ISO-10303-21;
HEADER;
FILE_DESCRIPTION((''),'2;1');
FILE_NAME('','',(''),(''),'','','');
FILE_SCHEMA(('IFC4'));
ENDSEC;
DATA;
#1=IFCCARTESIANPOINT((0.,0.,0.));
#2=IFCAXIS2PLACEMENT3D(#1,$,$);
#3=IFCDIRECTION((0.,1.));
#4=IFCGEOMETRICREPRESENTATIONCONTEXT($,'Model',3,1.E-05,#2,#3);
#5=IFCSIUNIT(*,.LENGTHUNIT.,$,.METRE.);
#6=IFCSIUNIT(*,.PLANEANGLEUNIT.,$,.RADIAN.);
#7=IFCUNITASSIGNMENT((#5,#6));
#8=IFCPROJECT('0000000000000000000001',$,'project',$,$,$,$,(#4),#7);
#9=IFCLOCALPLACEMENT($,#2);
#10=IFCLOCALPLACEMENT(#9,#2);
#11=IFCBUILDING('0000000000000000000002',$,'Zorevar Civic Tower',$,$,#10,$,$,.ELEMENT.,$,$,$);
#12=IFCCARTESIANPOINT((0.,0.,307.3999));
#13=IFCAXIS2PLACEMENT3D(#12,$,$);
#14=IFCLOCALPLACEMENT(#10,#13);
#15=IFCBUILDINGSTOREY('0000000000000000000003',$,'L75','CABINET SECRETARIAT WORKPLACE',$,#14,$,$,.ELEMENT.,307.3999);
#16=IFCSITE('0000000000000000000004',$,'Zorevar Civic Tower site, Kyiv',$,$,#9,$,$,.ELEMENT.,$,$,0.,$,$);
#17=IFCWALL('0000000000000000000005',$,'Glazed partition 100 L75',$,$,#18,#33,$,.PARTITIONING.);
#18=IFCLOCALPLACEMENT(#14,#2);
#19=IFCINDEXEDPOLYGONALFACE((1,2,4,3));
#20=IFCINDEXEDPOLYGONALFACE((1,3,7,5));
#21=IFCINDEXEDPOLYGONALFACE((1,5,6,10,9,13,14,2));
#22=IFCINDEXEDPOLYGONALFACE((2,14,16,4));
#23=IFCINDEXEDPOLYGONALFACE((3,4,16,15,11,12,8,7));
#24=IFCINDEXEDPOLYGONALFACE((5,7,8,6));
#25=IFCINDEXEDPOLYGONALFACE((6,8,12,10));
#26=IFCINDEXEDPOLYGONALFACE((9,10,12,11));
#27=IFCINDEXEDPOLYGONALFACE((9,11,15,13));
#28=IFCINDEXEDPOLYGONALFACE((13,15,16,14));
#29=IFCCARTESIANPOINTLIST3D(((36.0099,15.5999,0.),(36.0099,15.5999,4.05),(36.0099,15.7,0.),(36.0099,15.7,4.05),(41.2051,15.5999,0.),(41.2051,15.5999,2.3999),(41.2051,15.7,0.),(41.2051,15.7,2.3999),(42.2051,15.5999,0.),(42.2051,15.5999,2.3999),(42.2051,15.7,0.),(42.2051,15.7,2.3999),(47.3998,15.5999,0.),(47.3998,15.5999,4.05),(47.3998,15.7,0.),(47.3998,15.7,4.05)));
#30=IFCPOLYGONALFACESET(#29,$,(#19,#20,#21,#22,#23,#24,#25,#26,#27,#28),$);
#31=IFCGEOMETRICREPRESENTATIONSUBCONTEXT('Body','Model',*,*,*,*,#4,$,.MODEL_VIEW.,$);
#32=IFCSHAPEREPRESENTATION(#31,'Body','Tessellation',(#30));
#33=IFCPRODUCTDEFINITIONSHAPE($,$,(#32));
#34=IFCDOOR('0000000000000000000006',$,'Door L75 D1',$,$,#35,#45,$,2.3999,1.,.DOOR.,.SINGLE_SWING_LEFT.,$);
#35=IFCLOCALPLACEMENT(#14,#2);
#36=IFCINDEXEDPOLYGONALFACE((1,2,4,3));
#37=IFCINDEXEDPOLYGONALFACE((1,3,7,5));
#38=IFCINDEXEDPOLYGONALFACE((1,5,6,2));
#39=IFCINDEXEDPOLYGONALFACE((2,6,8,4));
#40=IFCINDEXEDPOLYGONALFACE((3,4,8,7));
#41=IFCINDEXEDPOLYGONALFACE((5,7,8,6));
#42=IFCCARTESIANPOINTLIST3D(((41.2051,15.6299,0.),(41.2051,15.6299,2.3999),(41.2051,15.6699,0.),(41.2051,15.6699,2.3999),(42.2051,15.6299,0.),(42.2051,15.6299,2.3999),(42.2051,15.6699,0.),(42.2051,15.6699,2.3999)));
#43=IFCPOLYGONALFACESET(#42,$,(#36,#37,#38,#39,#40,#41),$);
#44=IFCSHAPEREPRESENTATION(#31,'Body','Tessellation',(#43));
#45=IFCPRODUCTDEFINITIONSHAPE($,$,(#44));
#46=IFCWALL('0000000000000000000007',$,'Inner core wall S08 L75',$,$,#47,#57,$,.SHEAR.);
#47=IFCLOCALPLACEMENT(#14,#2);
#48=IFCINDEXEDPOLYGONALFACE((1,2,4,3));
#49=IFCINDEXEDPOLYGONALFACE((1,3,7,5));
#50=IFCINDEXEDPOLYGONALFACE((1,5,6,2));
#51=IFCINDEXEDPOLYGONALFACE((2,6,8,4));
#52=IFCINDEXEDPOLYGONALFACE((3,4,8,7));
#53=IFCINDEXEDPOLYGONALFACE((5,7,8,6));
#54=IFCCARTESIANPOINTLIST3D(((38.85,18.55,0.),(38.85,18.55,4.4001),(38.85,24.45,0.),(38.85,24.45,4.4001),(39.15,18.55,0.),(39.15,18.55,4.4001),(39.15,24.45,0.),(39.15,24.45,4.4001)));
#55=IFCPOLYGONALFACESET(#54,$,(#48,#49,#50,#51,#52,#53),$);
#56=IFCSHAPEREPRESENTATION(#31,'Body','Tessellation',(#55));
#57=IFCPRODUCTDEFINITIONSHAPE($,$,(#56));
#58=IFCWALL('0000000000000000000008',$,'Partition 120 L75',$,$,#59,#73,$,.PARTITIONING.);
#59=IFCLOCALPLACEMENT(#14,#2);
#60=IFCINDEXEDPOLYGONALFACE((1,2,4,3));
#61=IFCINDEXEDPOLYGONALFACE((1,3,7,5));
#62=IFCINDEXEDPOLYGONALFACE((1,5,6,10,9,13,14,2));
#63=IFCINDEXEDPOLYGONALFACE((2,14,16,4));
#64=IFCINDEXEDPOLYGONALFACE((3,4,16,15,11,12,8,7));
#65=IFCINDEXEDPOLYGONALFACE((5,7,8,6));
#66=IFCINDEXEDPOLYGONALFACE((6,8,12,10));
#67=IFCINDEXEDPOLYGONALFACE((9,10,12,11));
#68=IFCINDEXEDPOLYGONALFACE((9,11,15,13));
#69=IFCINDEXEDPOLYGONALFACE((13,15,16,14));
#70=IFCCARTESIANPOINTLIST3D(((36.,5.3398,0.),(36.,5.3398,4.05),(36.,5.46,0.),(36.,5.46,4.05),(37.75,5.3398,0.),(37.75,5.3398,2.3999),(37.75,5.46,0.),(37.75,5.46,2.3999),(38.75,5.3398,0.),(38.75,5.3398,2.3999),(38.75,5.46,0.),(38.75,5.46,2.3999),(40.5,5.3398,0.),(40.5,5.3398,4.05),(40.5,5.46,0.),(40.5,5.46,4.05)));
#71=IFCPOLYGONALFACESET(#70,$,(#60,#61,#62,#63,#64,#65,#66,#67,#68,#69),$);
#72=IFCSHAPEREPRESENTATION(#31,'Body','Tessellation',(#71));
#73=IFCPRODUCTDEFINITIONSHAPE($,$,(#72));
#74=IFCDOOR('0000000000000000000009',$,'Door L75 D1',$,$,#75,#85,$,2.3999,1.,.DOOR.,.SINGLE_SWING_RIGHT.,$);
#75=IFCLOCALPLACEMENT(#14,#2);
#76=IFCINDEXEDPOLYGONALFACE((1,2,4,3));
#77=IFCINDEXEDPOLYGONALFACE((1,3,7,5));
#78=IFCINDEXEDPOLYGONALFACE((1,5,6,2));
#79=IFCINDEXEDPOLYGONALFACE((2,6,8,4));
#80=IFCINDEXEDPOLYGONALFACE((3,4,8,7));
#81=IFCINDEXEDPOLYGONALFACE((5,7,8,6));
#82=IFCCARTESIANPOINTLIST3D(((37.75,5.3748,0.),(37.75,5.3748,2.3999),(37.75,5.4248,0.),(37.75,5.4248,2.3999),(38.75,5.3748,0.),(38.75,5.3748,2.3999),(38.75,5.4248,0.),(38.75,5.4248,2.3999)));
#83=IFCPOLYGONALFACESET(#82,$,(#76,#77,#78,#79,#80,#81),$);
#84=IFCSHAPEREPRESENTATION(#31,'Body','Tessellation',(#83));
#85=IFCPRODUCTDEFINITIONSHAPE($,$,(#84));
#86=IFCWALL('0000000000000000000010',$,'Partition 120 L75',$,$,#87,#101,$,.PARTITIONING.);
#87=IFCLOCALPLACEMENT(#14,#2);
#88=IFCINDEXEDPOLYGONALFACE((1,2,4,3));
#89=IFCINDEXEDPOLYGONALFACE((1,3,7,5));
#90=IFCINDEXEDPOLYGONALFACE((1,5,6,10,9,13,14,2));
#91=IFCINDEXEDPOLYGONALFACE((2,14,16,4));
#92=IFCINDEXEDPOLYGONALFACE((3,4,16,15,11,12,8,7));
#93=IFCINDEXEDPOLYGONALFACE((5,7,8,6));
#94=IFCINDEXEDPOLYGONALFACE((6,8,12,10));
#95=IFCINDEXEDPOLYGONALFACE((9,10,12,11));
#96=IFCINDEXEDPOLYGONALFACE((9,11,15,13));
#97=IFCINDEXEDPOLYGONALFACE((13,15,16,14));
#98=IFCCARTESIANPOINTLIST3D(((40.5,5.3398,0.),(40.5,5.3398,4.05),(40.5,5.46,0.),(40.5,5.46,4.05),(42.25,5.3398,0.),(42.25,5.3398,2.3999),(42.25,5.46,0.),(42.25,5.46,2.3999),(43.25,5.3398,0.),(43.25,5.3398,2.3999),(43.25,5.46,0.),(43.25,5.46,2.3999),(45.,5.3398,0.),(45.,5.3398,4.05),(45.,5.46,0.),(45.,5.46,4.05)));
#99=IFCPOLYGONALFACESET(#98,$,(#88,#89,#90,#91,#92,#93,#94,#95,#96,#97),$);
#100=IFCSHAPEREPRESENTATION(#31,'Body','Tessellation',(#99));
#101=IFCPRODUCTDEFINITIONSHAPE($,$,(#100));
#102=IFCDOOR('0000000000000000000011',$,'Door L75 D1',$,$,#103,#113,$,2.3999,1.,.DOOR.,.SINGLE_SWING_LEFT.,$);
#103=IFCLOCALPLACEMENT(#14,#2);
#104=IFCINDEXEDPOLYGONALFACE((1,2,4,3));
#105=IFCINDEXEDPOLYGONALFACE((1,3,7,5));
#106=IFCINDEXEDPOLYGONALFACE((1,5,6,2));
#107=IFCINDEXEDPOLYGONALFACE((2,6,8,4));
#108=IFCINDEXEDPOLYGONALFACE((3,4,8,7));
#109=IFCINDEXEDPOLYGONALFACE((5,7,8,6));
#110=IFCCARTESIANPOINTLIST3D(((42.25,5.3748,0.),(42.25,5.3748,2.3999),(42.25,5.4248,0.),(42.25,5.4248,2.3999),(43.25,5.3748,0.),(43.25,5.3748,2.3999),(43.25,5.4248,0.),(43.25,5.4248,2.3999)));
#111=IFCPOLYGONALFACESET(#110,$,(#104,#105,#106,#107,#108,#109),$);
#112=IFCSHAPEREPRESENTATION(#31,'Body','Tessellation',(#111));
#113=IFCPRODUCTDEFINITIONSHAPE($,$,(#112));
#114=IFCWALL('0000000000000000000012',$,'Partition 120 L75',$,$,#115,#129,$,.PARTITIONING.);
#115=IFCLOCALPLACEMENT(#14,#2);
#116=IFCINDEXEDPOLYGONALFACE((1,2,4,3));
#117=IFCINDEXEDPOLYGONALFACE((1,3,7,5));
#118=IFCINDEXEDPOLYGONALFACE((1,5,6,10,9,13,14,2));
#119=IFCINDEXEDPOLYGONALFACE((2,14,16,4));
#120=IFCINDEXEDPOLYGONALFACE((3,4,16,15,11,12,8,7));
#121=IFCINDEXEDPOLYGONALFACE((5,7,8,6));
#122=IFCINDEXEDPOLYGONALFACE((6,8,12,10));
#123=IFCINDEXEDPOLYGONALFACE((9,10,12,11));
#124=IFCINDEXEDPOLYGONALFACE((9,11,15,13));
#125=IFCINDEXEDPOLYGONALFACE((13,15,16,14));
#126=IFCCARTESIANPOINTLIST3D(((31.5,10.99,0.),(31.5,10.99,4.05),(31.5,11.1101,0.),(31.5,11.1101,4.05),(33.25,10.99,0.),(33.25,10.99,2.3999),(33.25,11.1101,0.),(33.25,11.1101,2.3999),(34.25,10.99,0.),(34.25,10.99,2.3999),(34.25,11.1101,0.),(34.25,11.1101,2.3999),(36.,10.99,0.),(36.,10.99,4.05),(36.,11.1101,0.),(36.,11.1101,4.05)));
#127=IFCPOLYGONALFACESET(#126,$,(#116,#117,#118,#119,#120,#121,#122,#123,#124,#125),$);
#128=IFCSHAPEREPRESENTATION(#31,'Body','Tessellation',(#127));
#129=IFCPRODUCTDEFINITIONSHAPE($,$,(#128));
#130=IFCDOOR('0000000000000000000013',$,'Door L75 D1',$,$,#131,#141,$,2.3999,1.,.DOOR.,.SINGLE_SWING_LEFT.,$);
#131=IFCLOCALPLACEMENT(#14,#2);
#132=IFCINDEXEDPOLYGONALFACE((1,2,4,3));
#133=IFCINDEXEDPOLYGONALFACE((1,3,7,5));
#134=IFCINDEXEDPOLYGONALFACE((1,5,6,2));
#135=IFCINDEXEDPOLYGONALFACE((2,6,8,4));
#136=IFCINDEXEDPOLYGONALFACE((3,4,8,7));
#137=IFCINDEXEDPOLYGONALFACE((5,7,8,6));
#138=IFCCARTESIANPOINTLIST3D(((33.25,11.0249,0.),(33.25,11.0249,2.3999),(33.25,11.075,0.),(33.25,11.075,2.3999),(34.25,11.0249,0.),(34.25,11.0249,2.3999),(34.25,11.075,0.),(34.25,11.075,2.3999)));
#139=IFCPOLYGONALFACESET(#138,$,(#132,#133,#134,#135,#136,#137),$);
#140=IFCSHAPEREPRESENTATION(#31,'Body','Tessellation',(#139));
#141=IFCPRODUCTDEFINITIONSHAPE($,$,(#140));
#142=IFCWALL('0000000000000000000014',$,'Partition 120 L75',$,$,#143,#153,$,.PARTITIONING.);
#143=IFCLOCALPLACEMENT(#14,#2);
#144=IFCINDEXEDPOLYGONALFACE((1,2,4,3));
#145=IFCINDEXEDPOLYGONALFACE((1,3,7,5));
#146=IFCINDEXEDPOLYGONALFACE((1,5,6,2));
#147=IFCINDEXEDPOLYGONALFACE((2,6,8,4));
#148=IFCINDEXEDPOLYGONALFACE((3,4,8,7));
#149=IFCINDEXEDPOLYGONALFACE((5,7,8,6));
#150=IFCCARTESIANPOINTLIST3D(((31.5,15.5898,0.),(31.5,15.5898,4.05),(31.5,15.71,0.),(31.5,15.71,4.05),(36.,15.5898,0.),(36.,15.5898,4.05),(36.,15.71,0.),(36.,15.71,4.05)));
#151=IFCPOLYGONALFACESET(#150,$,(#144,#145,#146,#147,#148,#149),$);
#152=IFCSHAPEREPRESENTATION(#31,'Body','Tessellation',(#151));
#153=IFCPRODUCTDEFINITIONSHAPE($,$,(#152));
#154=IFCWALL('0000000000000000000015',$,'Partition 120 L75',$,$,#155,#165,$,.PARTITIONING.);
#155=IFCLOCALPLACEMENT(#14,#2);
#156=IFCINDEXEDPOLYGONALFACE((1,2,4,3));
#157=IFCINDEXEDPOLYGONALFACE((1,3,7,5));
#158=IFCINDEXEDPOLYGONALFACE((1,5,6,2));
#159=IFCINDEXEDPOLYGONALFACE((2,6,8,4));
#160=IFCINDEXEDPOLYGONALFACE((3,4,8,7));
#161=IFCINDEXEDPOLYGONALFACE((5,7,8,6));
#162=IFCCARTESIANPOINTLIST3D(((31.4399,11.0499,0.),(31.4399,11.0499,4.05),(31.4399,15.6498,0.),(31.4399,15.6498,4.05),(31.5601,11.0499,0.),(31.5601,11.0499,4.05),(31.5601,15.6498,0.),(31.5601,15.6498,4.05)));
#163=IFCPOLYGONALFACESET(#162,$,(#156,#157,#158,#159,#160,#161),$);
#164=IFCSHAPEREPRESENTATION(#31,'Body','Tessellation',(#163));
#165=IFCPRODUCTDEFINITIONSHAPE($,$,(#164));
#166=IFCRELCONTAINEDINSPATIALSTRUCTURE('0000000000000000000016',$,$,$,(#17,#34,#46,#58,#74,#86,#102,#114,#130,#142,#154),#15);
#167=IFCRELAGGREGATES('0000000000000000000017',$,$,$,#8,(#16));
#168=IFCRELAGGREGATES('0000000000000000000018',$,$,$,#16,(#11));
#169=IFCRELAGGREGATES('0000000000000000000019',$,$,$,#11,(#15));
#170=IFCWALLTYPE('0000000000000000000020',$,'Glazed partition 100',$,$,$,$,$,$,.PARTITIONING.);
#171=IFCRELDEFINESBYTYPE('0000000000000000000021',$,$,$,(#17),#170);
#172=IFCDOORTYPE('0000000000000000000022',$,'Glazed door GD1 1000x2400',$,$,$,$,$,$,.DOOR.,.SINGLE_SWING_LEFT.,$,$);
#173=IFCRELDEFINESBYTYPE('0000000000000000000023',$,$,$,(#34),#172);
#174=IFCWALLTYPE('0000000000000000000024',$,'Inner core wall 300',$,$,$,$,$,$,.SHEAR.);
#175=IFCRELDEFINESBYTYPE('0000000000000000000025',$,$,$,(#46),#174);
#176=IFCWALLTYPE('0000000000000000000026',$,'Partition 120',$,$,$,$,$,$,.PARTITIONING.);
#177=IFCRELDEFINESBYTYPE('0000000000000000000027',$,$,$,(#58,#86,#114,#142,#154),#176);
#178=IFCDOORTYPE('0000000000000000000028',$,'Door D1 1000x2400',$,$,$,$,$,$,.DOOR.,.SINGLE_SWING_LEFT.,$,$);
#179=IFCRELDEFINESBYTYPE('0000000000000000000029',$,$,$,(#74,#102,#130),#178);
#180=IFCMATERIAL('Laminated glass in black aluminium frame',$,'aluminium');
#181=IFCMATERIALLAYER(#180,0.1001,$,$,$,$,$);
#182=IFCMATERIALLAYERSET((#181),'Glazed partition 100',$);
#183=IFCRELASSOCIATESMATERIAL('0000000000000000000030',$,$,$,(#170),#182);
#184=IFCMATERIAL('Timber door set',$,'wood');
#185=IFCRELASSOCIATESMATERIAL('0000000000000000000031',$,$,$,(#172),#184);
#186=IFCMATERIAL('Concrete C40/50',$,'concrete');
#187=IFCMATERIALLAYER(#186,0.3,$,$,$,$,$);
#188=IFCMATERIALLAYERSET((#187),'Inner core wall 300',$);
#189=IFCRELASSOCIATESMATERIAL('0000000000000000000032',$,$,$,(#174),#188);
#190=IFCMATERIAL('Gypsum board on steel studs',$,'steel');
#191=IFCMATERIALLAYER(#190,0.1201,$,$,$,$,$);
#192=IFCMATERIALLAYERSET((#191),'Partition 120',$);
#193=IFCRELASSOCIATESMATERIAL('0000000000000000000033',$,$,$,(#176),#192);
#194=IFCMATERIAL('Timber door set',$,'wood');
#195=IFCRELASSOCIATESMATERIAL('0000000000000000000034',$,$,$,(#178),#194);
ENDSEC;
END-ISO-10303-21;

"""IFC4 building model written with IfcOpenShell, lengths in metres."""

from ifc_helpers import new_model, si_unit, direction, frame, frame_2d, origin, place, context, subcontext, project, spatial, rectangle, extrude, material, layer, layer_set, type_object, element, fill, save


model = new_model("IFC4")

# Units and contexts
model_context = context("Model", 3, precision=1e-05, world=origin(), true_north=direction((0.0, 1.0)))
body_context = subcontext(model_context, "Body", "Model", "MODEL_VIEW")
ifc_project = project(units=[si_unit("LENGTHUNIT", "METRE"), si_unit("PLANEANGLEUNIT", "RADIAN")], contexts=[model_context])

# Site, building, storey
site_placement = place(None, origin())
site = spatial("IfcSite", under=ifc_project, at=site_placement, Name="Zorevar Civic Tower site, Kyiv", CompositionType="ELEMENT", RefElevation=0.0)
building_placement = place(site_placement, origin())
building = spatial("IfcBuilding", under=site, at=building_placement, Name="Zorevar Civic Tower", CompositionType="ELEMENT")
storey_placement = place(building_placement, frame((0.0, 0.0, 307.3999)))
storey = spatial("IfcBuildingStorey", under=building, at=storey_placement, Name="L75", Description="CABINET SECRETARIAT WORKPLACE", CompositionType="ELEMENT", Elevation=307.3999)

# Wall, opening, door
ifc_material_1 = material(Name="Laminated glass in black aluminium frame", Category="aluminium")
ifc_layer_1 = layer(ifc_material_1, 0.1001)
ifc_layer_set_1 = layer_set([ifc_layer_1], Name="Glazed partition 100")
wall_type_1 = type_object("IfcWallType", Name="Glazed partition 100", PredefinedType="PARTITIONING", material=ifc_layer_set_1)
wall_1_placement = place(storey_placement, frame((36.01, 15.6499, 0.0), z_axis=(0.0, 0.0, 1.0), x_axis=(1.0, 0.0, 0.0)))
wall_1 = element("IfcWall", 1, at=wall_1_placement, inside=storey, type_object=wall_type_1, Name="Glazed partition 100 L75", PredefinedType="PARTITIONING", context=body_context, shape_type="SweptSolid", body=[
    extrude(rectangle(XDim=11.3899, YDim=0.1001, at=frame_2d((5.6948, 0.0))), origin(), (0.0, 0.0, 1.0), 4.05),
])
opening_1_placement = place(wall_1_placement, frame((5.1951, 0.0, 0.0)))
opening_1 = element("IfcOpeningElement", 2, at=opening_1_placement, cuts=wall_1, PredefinedType="OPENING", context=body_context, shape_type="SweptSolid", body=[
    extrude(rectangle(XDim=1.0, YDim=2.3999, at=frame_2d((0.5, 1.2))), frame((0.0, 0.0601, 0.0), z_axis=(0.0, -1.0, 0.0), x_axis=(1.0, 0.0, 0.0)), (0.0, 0.0, 1.0), 0.1201),
])
ifc_material_2 = material(Name="Timber door set", Category="wood")
door_type_1 = type_object("IfcDoorType", Name="Glazed door GD1 1000x2400", OperationType="SINGLE_SWING_LEFT", PredefinedType="DOOR", material=ifc_material_2)
door_1_placement = place(opening_1_placement, origin())
door_1 = element("IfcDoor", 3, at=door_1_placement, inside=storey, type_object=door_type_1, Name="Door L75 D1", OperationType="SINGLE_SWING_LEFT", OverallHeight=2.3999, OverallWidth=1.0, PredefinedType="DOOR", context=body_context, shape_type="SweptSolid", body=[
    extrude(rectangle(XDim=1.0, YDim=2.3999, at=frame_2d((0.5, 1.2))), frame((0.0, 0.02, 0.0), z_axis=(0.0, -1.0, 0.0), x_axis=(1.0, 0.0, 0.0)), (0.0, 0.0, 1.0), 0.04),
])
fill(opening_1, door_1)

# Wall
ifc_material_3 = material(Name="Concrete C40/50", Category="concrete")
ifc_layer_2 = layer(ifc_material_3, 0.3)
ifc_layer_set_2 = layer_set([ifc_layer_2], Name="Inner core wall 300")
wall_type_2 = type_object("IfcWallType", Name="Inner core wall 300", PredefinedType="SHEAR", material=ifc_layer_set_2)
wall_2_placement = place(storey_placement, frame((39.0, 18.55, 0.0), z_axis=(0.0, 0.0, 1.0), x_axis=(0.0, 1.0, 0.0)))
element("IfcWall", 4, at=wall_2_placement, inside=storey, type_object=wall_type_2, Name="Inner core wall S08 L75", PredefinedType="SHEAR", context=body_context, shape_type="SweptSolid", body=[
    extrude(rectangle(XDim=5.8999, YDim=0.3, at=frame_2d((2.95, 0.0))), origin(), (0.0, 0.0, 1.0), 4.4001),
])

# Walls, openings, doors
ifc_material_4 = material(Name="Gypsum board on steel studs", Category="steel")
ifc_layer_3 = layer(ifc_material_4, 0.1201)
ifc_layer_set_3 = layer_set([ifc_layer_3], Name="Partition 120")
wall_type_3 = type_object("IfcWallType", Name="Partition 120", PredefinedType="PARTITIONING", material=ifc_layer_set_3)
wall_3_placement = place(storey_placement, frame((36.0, 5.3999, 0.0), z_axis=(0.0, 0.0, 1.0), x_axis=(1.0, 0.0, 0.0)))
wall_3 = element("IfcWall", 5, at=wall_3_placement, inside=storey, type_object=wall_type_3, Name="Partition 120 L75", PredefinedType="PARTITIONING", context=body_context, shape_type="SweptSolid", body=[
    extrude(rectangle(XDim=4.5, YDim=0.1201, at=frame_2d((2.25, 0.0))), origin(), (0.0, 0.0, 1.0), 4.05),
])
opening_2_placement = place(wall_3_placement, frame((1.75, 0.0, 0.0)))
opening_2 = element("IfcOpeningElement", 6, at=opening_2_placement, cuts=wall_3, PredefinedType="OPENING", context=body_context, shape_type="SweptSolid", body=[
    extrude(rectangle(XDim=1.0, YDim=2.3999, at=frame_2d((0.5, 1.2))), frame((0.0, 0.0701, 0.0), z_axis=(0.0, -1.0, 0.0), x_axis=(1.0, 0.0, 0.0)), (0.0, 0.0, 1.0), 0.1401),
])
ifc_material_5 = material(Name="Timber door set", Category="wood")
door_type_2 = type_object("IfcDoorType", Name="Door D1 1000x2400", OperationType="SINGLE_SWING_LEFT", PredefinedType="DOOR", material=ifc_material_5)
door_2_placement = place(opening_2_placement, origin())
door_2 = element("IfcDoor", 7, at=door_2_placement, inside=storey, type_object=door_type_2, Name="Door L75 D1", OperationType="SINGLE_SWING_RIGHT", OverallHeight=2.3999, OverallWidth=1.0, PredefinedType="DOOR", context=body_context, shape_type="SweptSolid", body=[
    extrude(rectangle(XDim=1.0, YDim=2.3999, at=frame_2d((0.5, 1.2))), frame((0.0, 0.0249, 0.0), z_axis=(0.0, -1.0, 0.0), x_axis=(1.0, 0.0, 0.0)), (0.0, 0.0, 1.0), 0.05),
])
fill(opening_2, door_2)
wall_4_placement = place(storey_placement, frame((40.5, 5.3999, 0.0), z_axis=(0.0, 0.0, 1.0), x_axis=(1.0, 0.0, 0.0)))
wall_4 = element("IfcWall", 8, at=wall_4_placement, inside=storey, type_object=wall_type_3, Name="Partition 120 L75", PredefinedType="PARTITIONING", context=body_context, shape_type="SweptSolid", body=[
    extrude(rectangle(XDim=4.5, YDim=0.1201, at=frame_2d((2.25, 0.0))), origin(), (0.0, 0.0, 1.0), 4.05),
])
opening_3_placement = place(wall_4_placement, frame((1.75, 0.0, 0.0)))
opening_3 = element("IfcOpeningElement", 9, at=opening_3_placement, cuts=wall_4, PredefinedType="OPENING", context=body_context, shape_type="SweptSolid", body=[
    extrude(rectangle(XDim=1.0, YDim=2.3999, at=frame_2d((0.5, 1.2))), frame((0.0, 0.0701, 0.0), z_axis=(0.0, -1.0, 0.0), x_axis=(1.0, 0.0, 0.0)), (0.0, 0.0, 1.0), 0.1401),
])
door_3_placement = place(opening_3_placement, origin())
door_3 = element("IfcDoor", 10, at=door_3_placement, inside=storey, type_object=door_type_2, Name="Door L75 D1", OperationType="SINGLE_SWING_LEFT", OverallHeight=2.3999, OverallWidth=1.0, PredefinedType="DOOR", context=body_context, shape_type="SweptSolid", body=[
    extrude(rectangle(XDim=1.0, YDim=2.3999, at=frame_2d((0.5, 1.2))), frame((0.0, 0.0249, 0.0), z_axis=(0.0, -1.0, 0.0), x_axis=(1.0, 0.0, 0.0)), (0.0, 0.0, 1.0), 0.05),
])
fill(opening_3, door_3)
wall_5_placement = place(storey_placement, frame((31.5, 11.05, 0.0), z_axis=(0.0, 0.0, 1.0), x_axis=(1.0, 0.0, 0.0)))
wall_5 = element("IfcWall", 11, at=wall_5_placement, inside=storey, type_object=wall_type_3, Name="Partition 120 L75", PredefinedType="PARTITIONING", context=body_context, shape_type="SweptSolid", body=[
    extrude(rectangle(XDim=4.5, YDim=0.1201, at=frame_2d((2.25, 0.0))), origin(), (0.0, 0.0, 1.0), 4.05),
])
opening_4_placement = place(wall_5_placement, frame((1.75, 0.0, 0.0)))
opening_4 = element("IfcOpeningElement", 12, at=opening_4_placement, cuts=wall_5, PredefinedType="OPENING", context=body_context, shape_type="SweptSolid", body=[
    extrude(rectangle(XDim=1.0, YDim=2.3999, at=frame_2d((0.5, 1.2))), frame((0.0, 0.0701, 0.0), z_axis=(0.0, -1.0, 0.0), x_axis=(1.0, 0.0, 0.0)), (0.0, 0.0, 1.0), 0.1401),
])
door_4_placement = place(opening_4_placement, origin())
door_4 = element("IfcDoor", 13, at=door_4_placement, inside=storey, type_object=door_type_2, Name="Door L75 D1", OperationType="SINGLE_SWING_LEFT", OverallHeight=2.3999, OverallWidth=1.0, PredefinedType="DOOR", context=body_context, shape_type="SweptSolid", body=[
    extrude(rectangle(XDim=1.0, YDim=2.3999, at=frame_2d((0.5, 1.2))), frame((0.0, 0.0249, 0.0), z_axis=(0.0, -1.0, 0.0), x_axis=(1.0, 0.0, 0.0)), (0.0, 0.0, 1.0), 0.05),
])
fill(opening_4, door_4)

# Walls
wall_6_placement = place(storey_placement, frame((31.5, 15.6499, 0.0), z_axis=(0.0, 0.0, 1.0), x_axis=(1.0, 0.0, 0.0)))
element("IfcWall", 14, at=wall_6_placement, inside=storey, type_object=wall_type_3, Name="Partition 120 L75", PredefinedType="PARTITIONING", context=body_context, shape_type="SweptSolid", body=[
    extrude(rectangle(XDim=4.5, YDim=0.1201, at=frame_2d((2.25, 0.0))), origin(), (0.0, 0.0, 1.0), 4.05),
])
wall_7_placement = place(storey_placement, frame((31.5, 11.05, 0.0), z_axis=(0.0, 0.0, 1.0), x_axis=(0.0, 1.0, 0.0)))
element("IfcWall", 15, at=wall_7_placement, inside=storey, type_object=wall_type_3, Name="Partition 120 L75", PredefinedType="PARTITIONING", context=body_context, shape_type="SweptSolid", body=[
    extrude(rectangle(XDim=4.5999, YDim=0.1201, at=frame_2d((2.2998, 0.0))), origin(), (0.0, 0.0, 1.0), 4.05),
])

save(model, "model.ifc")
